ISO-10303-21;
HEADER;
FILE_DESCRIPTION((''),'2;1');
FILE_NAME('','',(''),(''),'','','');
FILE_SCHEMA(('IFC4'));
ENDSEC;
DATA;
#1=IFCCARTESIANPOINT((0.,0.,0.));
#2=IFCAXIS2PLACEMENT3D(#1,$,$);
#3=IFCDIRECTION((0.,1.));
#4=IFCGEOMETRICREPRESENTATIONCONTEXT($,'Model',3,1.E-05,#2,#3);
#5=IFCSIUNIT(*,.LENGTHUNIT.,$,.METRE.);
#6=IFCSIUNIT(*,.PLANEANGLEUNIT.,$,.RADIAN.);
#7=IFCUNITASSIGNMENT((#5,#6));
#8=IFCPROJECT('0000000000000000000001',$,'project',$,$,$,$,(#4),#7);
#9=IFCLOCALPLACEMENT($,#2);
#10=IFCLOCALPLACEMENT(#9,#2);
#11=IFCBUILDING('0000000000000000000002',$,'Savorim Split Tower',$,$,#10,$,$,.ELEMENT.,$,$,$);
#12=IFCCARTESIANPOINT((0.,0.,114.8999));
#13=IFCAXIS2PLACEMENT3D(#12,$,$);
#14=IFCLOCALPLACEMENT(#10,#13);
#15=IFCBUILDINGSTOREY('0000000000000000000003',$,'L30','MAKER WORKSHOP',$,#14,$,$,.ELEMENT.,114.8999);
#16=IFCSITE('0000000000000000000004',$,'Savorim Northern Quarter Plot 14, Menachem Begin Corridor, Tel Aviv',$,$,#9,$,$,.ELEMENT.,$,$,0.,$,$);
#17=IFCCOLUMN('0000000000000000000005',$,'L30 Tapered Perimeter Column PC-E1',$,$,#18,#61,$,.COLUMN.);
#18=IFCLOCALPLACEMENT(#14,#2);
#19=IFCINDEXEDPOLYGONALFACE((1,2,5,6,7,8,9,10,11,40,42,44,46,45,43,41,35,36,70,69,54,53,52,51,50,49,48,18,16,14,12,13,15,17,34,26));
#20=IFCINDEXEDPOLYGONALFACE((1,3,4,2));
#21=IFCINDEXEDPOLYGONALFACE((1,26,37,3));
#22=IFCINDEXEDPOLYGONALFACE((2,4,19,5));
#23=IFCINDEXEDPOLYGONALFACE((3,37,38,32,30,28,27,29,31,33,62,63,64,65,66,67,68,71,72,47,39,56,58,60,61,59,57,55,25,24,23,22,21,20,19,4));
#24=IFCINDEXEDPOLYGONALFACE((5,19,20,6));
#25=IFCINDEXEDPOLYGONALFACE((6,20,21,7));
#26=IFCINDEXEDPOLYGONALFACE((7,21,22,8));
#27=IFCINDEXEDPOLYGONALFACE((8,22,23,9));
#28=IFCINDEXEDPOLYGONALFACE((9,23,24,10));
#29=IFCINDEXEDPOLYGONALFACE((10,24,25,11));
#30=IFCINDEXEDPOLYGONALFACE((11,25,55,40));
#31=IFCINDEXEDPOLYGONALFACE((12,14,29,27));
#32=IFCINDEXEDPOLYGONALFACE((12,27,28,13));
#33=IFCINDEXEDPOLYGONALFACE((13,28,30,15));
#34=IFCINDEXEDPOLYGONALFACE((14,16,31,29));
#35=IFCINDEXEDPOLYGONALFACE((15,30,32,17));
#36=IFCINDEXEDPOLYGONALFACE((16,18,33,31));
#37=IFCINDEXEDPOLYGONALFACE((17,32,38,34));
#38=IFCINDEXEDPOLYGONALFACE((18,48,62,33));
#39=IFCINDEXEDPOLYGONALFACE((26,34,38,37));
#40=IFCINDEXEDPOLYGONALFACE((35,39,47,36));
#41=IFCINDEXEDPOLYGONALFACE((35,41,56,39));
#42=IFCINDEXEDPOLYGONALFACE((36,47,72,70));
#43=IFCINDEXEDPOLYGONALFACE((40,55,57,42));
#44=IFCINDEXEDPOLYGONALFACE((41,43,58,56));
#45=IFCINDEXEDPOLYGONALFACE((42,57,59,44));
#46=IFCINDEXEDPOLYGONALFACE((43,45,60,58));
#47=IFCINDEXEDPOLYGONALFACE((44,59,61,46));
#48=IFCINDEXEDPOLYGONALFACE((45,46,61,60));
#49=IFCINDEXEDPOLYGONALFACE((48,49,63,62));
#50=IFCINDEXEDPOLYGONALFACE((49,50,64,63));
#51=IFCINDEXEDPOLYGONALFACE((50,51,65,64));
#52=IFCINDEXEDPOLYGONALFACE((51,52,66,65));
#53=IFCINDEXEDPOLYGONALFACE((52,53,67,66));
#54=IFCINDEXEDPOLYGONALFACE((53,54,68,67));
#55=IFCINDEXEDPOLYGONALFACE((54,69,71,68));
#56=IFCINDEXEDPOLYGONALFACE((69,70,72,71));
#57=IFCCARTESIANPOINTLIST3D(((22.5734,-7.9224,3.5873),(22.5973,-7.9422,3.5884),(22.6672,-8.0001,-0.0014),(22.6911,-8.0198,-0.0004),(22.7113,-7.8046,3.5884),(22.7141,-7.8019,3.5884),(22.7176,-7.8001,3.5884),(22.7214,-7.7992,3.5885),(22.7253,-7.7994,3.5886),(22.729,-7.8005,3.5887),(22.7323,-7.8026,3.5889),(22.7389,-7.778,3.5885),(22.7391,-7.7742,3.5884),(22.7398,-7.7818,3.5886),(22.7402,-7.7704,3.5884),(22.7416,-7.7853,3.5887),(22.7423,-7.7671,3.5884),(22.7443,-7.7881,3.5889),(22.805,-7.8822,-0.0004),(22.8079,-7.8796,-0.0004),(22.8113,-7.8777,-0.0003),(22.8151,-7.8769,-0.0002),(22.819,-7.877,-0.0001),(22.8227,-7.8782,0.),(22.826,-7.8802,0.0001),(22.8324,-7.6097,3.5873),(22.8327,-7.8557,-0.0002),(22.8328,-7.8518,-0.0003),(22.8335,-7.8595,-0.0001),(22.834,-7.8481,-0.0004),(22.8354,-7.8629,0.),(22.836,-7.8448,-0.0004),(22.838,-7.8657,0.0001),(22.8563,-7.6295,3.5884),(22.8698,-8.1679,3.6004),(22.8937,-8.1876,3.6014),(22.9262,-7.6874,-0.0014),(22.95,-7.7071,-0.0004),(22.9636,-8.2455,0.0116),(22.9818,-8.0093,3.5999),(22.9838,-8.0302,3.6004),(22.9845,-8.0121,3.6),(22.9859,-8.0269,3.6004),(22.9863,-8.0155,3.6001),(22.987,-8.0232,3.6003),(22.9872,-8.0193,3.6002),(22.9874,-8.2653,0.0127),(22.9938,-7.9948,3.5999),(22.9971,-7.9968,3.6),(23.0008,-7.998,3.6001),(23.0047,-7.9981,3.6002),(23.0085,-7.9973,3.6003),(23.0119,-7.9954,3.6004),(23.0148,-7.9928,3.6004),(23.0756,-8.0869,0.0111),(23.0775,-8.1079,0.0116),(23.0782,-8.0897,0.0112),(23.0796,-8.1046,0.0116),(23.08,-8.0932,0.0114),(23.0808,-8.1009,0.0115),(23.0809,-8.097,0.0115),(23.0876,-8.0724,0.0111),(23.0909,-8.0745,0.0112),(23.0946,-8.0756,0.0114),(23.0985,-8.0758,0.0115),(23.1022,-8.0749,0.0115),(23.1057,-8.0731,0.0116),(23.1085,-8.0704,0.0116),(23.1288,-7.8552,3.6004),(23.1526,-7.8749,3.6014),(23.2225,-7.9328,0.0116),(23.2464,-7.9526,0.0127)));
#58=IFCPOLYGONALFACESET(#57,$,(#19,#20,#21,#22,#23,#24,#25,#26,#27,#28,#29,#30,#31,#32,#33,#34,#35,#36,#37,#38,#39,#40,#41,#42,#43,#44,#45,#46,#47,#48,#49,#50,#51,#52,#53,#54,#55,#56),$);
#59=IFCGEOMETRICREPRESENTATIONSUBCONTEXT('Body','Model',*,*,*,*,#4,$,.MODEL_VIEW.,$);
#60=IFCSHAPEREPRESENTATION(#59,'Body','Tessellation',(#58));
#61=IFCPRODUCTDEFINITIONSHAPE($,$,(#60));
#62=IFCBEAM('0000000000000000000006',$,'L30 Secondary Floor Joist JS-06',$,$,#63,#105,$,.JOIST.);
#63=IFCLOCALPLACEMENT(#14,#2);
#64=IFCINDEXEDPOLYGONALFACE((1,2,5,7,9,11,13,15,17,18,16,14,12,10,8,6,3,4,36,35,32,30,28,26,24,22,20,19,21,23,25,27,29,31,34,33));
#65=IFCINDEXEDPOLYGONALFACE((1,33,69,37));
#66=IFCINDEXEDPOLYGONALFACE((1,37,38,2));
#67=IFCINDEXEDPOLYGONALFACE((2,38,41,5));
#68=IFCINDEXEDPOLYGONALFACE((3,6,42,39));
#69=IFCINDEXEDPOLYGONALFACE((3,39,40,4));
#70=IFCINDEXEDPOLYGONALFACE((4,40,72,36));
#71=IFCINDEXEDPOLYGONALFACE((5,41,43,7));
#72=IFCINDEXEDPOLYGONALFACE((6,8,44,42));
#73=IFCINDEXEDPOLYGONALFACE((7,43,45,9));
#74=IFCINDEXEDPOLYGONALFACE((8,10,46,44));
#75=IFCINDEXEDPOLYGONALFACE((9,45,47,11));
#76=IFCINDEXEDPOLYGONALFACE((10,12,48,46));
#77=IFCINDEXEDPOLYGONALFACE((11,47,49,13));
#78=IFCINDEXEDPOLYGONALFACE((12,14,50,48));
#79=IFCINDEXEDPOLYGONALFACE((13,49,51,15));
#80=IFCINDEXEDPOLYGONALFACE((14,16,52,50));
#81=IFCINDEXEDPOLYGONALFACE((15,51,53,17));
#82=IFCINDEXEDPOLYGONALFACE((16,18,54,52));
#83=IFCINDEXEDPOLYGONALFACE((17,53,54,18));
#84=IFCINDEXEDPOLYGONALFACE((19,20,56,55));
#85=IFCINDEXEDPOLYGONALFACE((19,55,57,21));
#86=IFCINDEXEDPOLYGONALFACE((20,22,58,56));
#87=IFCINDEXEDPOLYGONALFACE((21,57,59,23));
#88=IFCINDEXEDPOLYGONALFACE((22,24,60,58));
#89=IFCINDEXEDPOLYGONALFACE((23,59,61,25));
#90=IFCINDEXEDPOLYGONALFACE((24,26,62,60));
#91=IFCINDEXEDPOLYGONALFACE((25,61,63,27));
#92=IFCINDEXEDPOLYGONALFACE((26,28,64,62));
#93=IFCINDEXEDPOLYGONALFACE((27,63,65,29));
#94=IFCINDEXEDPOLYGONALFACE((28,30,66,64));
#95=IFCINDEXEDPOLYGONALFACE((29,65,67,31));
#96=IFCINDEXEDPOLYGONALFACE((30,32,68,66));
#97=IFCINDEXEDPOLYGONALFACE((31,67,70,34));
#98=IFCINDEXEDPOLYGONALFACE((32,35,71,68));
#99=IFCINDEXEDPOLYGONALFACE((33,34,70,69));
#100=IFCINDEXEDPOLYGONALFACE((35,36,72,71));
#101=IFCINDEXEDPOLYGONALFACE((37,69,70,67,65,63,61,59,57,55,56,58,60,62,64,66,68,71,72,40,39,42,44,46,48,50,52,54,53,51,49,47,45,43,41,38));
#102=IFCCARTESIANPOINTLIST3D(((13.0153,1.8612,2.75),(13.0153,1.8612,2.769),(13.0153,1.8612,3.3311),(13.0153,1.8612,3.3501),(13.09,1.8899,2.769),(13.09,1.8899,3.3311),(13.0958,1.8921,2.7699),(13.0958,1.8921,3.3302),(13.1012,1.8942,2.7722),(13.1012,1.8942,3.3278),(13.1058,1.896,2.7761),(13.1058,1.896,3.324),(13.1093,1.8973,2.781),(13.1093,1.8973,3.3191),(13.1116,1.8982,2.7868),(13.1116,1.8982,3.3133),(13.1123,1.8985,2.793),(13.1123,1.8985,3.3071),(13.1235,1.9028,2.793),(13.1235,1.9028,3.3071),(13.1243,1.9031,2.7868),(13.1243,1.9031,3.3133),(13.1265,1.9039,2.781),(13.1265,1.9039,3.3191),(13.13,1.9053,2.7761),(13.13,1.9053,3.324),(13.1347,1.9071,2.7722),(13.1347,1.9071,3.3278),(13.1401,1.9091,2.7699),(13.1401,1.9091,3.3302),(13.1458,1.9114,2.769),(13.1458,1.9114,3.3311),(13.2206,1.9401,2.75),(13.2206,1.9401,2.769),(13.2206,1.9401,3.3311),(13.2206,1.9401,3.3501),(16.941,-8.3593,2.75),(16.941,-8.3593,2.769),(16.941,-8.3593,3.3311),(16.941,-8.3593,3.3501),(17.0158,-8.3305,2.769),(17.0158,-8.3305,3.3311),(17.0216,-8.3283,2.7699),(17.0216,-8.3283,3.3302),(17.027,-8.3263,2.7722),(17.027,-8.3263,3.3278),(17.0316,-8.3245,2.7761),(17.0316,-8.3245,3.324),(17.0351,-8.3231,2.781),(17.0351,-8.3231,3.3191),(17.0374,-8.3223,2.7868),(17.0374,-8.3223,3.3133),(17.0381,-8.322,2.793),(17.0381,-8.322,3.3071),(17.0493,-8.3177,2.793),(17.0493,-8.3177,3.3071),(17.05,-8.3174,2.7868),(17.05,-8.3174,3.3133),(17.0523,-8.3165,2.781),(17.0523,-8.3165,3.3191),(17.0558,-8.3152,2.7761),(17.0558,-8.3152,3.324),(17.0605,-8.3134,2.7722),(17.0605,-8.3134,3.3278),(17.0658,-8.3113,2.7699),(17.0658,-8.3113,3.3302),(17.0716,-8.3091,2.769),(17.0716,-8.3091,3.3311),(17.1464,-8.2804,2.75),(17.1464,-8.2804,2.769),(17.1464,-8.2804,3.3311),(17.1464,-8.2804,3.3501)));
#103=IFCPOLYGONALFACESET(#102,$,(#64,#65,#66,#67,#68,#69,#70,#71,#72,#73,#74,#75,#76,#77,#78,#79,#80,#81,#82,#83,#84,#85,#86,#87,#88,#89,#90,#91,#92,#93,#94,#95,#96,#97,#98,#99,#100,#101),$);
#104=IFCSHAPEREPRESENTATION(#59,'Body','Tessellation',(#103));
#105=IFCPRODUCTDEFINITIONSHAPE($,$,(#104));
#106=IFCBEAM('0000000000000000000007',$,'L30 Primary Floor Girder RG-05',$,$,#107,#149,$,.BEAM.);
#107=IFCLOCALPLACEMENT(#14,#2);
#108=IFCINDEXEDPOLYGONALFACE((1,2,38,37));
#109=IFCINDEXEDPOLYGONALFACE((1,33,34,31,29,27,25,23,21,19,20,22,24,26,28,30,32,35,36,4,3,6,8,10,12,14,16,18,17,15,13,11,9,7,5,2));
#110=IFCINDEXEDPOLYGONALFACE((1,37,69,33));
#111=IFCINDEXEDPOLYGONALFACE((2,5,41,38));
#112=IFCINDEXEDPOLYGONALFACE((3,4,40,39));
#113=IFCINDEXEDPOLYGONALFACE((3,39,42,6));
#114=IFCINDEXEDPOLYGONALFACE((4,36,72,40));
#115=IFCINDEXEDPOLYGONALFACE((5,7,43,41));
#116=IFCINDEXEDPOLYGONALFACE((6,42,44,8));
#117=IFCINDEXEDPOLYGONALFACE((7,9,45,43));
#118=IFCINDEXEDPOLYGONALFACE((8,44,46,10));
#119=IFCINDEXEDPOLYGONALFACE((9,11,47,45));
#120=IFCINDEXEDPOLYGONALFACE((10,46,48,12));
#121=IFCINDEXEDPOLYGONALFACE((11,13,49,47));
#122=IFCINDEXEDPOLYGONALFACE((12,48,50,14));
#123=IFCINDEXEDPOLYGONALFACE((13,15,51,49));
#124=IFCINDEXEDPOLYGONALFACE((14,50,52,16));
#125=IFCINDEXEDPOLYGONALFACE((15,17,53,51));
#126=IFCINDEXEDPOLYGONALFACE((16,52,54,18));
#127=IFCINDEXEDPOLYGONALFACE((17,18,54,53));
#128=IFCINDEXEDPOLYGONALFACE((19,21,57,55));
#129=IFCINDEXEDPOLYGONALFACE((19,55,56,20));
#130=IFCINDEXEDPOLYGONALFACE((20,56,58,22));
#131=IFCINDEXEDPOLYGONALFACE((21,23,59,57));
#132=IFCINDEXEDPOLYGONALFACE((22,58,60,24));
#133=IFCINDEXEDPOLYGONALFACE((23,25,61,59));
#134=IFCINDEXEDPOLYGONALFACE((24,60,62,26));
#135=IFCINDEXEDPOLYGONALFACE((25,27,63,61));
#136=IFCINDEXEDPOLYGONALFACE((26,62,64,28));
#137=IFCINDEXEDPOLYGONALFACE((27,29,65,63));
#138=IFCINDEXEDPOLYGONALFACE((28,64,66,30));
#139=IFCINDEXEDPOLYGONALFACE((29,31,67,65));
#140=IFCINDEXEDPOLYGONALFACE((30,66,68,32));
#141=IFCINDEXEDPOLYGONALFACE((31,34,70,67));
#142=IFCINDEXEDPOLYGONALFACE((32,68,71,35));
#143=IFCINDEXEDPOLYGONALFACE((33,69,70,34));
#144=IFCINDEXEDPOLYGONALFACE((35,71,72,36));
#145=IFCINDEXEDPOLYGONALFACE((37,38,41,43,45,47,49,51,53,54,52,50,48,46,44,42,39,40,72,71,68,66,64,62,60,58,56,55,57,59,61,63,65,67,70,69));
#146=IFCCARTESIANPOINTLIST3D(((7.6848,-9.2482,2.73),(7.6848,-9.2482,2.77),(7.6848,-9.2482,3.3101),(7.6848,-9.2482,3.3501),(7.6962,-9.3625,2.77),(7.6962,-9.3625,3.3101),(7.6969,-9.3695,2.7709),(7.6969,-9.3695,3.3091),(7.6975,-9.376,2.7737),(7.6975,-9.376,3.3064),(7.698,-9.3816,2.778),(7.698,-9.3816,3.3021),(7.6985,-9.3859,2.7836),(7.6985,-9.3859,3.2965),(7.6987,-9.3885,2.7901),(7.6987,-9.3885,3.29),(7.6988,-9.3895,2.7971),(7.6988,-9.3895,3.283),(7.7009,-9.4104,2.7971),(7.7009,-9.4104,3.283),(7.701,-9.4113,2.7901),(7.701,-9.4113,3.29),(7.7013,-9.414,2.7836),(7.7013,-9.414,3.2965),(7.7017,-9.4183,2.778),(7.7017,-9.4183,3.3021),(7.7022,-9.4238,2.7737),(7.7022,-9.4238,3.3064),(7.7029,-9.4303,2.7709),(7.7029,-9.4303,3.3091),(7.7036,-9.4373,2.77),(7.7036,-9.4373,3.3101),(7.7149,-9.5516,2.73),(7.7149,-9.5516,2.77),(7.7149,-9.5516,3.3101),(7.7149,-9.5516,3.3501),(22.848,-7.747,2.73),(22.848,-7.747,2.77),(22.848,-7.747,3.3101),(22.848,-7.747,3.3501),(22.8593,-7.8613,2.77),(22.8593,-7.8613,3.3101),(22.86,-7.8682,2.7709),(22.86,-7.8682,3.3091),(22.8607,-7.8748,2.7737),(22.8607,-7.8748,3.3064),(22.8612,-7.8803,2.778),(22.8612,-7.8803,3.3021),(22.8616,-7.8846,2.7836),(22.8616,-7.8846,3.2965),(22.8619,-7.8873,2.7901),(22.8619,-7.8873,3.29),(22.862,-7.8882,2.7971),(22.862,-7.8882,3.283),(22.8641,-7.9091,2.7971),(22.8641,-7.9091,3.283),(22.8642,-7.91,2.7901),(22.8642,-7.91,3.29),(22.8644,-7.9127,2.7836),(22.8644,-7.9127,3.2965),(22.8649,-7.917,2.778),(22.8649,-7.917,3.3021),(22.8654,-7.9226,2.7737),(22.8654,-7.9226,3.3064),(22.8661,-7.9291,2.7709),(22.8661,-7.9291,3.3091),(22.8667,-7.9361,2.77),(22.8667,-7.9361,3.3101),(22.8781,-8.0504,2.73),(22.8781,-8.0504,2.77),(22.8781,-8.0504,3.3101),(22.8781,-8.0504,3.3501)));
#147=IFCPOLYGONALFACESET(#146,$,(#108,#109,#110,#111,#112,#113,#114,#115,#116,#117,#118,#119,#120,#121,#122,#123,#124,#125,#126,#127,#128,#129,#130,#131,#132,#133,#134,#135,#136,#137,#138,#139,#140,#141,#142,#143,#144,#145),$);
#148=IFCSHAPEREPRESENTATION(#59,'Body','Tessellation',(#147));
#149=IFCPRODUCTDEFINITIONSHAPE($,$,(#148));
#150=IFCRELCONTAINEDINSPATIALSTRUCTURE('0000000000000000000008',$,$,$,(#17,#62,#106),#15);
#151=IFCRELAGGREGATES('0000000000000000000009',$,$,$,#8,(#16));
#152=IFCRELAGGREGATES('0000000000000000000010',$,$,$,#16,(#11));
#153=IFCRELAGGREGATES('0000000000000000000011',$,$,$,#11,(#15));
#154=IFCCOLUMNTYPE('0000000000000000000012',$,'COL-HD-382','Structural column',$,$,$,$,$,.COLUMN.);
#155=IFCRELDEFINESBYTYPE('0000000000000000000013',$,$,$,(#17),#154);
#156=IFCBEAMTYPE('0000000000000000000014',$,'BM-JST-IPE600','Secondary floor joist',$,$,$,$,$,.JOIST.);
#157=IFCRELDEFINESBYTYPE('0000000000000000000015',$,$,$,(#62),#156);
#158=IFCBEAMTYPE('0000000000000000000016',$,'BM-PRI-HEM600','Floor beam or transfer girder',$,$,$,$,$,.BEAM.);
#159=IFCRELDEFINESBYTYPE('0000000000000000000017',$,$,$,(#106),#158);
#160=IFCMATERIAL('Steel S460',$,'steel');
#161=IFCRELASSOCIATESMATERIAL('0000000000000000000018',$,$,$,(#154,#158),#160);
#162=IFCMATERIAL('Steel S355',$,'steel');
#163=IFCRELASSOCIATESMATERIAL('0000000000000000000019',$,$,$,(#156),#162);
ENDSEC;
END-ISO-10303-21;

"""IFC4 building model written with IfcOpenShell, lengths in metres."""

from ifc_helpers import new_model, si_unit, direction, frame, origin, origin_2d, place, context, subcontext, project, spatial, i_section, extrude, material, material_profile, profile_set, type_object, element, save


model = new_model("IFC4")

# Units and contexts
model_context = context("Model", 3, precision=1e-05, world=origin(), true_north=direction((0.0, 1.0)))
body_context = subcontext(model_context, "Body", "Model", "MODEL_VIEW")
ifc_project = project(units=[si_unit("LENGTHUNIT", "METRE"), si_unit("PLANEANGLEUNIT", "RADIAN")], contexts=[model_context])

# Site, building, storey
site_placement = place(None, origin())
site = spatial("IfcSite", under=ifc_project, at=site_placement, Name="Savorim Northern Quarter Plot 14, Menachem Begin Corridor, Tel Aviv", CompositionType="ELEMENT", RefElevation=0.0)
building_placement = place(site_placement, origin())
building = spatial("IfcBuilding", under=site, at=building_placement, Name="Savorim Split Tower", CompositionType="ELEMENT")
storey_placement = place(building_placement, frame((0.0, 0.0, 114.8999)))
storey = spatial("IfcBuildingStorey", under=building, at=storey_placement, Name="L30", Description="MAKER WORKSHOP", CompositionType="ELEMENT", Elevation=114.8999)

# Column
ifc_material_1 = material(Name="Steel S460", Category="steel")
ifc_material_profile_1 = material_profile(ifc_material_1, i_section(OverallWidth=0.406, OverallDepth=0.416, WebThickness=0.0188, FlangeThickness=0.031, FilletRadius=0.0149, at=origin_2d()), Name="HD 400x382")
ifc_profile_set_1 = profile_set([ifc_material_profile_1], Name="Steel S460")
column_type = type_object("IfcColumnType", Name="COL-HD-382", Description="Structural column", PredefinedType="COLUMN", material=ifc_profile_set_1)
column_placement = place(storey_placement, frame((22.9568, -7.9763, 0.0056), z_axis=(-0.026107, 0.02162, 0.999425), x_axis=(-0.637814, -0.77019, 0.0)))
element("IfcColumn", 1, at=column_placement, inside=storey, type_object=column_type, Name="L30 Tapered Perimeter Column PC-E1", PredefinedType="COLUMN", context=body_context, shape_type="SweptSolid", body=[
    extrude(i_section(OverallWidth=0.406, OverallDepth=0.416, WebThickness=0.0188, FlangeThickness=0.031, FilletRadius=0.0149, at=origin_2d()), origin(), (0.0, 0.0, 1.0), 3.5908),
])

# Beams
ifc_material_2 = material(Name="Steel S355", Category="steel")
ifc_material_profile_2 = material_profile(ifc_material_2, i_section(OverallWidth=0.22, OverallDepth=0.6001, WebThickness=0.012, FlangeThickness=0.019, FilletRadius=0.0239, at=origin_2d()), Name="IPE 600")
ifc_profile_set_2 = profile_set([ifc_material_profile_2], Name="Steel S355")
beam_type_1 = type_object("IfcBeamType", Name="BM-JST-IPE600", Description="Secondary floor joist", PredefinedType="JOIST", material=ifc_profile_set_2)
beam_1_placement = place(storey_placement, frame((17.0437, -8.3198, 3.05), z_axis=(-0.358568, 0.933504, 0.0), x_axis=(-0.933504, -0.358568, 0.0)))
element("IfcBeam", 2, at=beam_1_placement, inside=storey, type_object=beam_type_1, Name="L30 Secondary Floor Joist JS-06", PredefinedType="JOIST", context=body_context, shape_type="SweptSolid", body=[
    extrude(i_section(OverallWidth=0.22, OverallDepth=0.6001, WebThickness=0.012, FlangeThickness=0.019, FilletRadius=0.0239, at=origin_2d()), origin(), (0.0, 0.0, 1.0), 10.9485),
])
ifc_material_profile_3 = material_profile(ifc_material_1, i_section(OverallWidth=0.3049, OverallDepth=0.6201, WebThickness=0.021, FlangeThickness=0.04, FilletRadius=0.0271, at=origin_2d()), Name="HE 600 M")
ifc_profile_set_3 = profile_set([ifc_material_profile_3], Name="Steel S460")
beam_type_2 = type_object("IfcBeamType", Name="BM-PRI-HEM600", Description="Floor beam or transfer girder", PredefinedType="BEAM", material=ifc_profile_set_3)
beam_2_placement = place(storey_placement, frame((22.863, -7.8987, 3.04), z_axis=(-0.995135, -0.098523, 0.0), x_axis=(0.098523, -0.995135, 0.0)))
element("IfcBeam", 3, at=beam_2_placement, inside=storey, type_object=beam_type_2, Name="L30 Primary Floor Girder RG-05", PredefinedType="BEAM", context=body_context, shape_type="SweptSolid", body=[
    extrude(i_section(OverallWidth=0.3049, OverallDepth=0.6201, WebThickness=0.021, FlangeThickness=0.04, FilletRadius=0.0271, at=origin_2d()), origin(), (0.0, 0.0, 1.0), 15.2373),
])

save(model, "model.ifc")
